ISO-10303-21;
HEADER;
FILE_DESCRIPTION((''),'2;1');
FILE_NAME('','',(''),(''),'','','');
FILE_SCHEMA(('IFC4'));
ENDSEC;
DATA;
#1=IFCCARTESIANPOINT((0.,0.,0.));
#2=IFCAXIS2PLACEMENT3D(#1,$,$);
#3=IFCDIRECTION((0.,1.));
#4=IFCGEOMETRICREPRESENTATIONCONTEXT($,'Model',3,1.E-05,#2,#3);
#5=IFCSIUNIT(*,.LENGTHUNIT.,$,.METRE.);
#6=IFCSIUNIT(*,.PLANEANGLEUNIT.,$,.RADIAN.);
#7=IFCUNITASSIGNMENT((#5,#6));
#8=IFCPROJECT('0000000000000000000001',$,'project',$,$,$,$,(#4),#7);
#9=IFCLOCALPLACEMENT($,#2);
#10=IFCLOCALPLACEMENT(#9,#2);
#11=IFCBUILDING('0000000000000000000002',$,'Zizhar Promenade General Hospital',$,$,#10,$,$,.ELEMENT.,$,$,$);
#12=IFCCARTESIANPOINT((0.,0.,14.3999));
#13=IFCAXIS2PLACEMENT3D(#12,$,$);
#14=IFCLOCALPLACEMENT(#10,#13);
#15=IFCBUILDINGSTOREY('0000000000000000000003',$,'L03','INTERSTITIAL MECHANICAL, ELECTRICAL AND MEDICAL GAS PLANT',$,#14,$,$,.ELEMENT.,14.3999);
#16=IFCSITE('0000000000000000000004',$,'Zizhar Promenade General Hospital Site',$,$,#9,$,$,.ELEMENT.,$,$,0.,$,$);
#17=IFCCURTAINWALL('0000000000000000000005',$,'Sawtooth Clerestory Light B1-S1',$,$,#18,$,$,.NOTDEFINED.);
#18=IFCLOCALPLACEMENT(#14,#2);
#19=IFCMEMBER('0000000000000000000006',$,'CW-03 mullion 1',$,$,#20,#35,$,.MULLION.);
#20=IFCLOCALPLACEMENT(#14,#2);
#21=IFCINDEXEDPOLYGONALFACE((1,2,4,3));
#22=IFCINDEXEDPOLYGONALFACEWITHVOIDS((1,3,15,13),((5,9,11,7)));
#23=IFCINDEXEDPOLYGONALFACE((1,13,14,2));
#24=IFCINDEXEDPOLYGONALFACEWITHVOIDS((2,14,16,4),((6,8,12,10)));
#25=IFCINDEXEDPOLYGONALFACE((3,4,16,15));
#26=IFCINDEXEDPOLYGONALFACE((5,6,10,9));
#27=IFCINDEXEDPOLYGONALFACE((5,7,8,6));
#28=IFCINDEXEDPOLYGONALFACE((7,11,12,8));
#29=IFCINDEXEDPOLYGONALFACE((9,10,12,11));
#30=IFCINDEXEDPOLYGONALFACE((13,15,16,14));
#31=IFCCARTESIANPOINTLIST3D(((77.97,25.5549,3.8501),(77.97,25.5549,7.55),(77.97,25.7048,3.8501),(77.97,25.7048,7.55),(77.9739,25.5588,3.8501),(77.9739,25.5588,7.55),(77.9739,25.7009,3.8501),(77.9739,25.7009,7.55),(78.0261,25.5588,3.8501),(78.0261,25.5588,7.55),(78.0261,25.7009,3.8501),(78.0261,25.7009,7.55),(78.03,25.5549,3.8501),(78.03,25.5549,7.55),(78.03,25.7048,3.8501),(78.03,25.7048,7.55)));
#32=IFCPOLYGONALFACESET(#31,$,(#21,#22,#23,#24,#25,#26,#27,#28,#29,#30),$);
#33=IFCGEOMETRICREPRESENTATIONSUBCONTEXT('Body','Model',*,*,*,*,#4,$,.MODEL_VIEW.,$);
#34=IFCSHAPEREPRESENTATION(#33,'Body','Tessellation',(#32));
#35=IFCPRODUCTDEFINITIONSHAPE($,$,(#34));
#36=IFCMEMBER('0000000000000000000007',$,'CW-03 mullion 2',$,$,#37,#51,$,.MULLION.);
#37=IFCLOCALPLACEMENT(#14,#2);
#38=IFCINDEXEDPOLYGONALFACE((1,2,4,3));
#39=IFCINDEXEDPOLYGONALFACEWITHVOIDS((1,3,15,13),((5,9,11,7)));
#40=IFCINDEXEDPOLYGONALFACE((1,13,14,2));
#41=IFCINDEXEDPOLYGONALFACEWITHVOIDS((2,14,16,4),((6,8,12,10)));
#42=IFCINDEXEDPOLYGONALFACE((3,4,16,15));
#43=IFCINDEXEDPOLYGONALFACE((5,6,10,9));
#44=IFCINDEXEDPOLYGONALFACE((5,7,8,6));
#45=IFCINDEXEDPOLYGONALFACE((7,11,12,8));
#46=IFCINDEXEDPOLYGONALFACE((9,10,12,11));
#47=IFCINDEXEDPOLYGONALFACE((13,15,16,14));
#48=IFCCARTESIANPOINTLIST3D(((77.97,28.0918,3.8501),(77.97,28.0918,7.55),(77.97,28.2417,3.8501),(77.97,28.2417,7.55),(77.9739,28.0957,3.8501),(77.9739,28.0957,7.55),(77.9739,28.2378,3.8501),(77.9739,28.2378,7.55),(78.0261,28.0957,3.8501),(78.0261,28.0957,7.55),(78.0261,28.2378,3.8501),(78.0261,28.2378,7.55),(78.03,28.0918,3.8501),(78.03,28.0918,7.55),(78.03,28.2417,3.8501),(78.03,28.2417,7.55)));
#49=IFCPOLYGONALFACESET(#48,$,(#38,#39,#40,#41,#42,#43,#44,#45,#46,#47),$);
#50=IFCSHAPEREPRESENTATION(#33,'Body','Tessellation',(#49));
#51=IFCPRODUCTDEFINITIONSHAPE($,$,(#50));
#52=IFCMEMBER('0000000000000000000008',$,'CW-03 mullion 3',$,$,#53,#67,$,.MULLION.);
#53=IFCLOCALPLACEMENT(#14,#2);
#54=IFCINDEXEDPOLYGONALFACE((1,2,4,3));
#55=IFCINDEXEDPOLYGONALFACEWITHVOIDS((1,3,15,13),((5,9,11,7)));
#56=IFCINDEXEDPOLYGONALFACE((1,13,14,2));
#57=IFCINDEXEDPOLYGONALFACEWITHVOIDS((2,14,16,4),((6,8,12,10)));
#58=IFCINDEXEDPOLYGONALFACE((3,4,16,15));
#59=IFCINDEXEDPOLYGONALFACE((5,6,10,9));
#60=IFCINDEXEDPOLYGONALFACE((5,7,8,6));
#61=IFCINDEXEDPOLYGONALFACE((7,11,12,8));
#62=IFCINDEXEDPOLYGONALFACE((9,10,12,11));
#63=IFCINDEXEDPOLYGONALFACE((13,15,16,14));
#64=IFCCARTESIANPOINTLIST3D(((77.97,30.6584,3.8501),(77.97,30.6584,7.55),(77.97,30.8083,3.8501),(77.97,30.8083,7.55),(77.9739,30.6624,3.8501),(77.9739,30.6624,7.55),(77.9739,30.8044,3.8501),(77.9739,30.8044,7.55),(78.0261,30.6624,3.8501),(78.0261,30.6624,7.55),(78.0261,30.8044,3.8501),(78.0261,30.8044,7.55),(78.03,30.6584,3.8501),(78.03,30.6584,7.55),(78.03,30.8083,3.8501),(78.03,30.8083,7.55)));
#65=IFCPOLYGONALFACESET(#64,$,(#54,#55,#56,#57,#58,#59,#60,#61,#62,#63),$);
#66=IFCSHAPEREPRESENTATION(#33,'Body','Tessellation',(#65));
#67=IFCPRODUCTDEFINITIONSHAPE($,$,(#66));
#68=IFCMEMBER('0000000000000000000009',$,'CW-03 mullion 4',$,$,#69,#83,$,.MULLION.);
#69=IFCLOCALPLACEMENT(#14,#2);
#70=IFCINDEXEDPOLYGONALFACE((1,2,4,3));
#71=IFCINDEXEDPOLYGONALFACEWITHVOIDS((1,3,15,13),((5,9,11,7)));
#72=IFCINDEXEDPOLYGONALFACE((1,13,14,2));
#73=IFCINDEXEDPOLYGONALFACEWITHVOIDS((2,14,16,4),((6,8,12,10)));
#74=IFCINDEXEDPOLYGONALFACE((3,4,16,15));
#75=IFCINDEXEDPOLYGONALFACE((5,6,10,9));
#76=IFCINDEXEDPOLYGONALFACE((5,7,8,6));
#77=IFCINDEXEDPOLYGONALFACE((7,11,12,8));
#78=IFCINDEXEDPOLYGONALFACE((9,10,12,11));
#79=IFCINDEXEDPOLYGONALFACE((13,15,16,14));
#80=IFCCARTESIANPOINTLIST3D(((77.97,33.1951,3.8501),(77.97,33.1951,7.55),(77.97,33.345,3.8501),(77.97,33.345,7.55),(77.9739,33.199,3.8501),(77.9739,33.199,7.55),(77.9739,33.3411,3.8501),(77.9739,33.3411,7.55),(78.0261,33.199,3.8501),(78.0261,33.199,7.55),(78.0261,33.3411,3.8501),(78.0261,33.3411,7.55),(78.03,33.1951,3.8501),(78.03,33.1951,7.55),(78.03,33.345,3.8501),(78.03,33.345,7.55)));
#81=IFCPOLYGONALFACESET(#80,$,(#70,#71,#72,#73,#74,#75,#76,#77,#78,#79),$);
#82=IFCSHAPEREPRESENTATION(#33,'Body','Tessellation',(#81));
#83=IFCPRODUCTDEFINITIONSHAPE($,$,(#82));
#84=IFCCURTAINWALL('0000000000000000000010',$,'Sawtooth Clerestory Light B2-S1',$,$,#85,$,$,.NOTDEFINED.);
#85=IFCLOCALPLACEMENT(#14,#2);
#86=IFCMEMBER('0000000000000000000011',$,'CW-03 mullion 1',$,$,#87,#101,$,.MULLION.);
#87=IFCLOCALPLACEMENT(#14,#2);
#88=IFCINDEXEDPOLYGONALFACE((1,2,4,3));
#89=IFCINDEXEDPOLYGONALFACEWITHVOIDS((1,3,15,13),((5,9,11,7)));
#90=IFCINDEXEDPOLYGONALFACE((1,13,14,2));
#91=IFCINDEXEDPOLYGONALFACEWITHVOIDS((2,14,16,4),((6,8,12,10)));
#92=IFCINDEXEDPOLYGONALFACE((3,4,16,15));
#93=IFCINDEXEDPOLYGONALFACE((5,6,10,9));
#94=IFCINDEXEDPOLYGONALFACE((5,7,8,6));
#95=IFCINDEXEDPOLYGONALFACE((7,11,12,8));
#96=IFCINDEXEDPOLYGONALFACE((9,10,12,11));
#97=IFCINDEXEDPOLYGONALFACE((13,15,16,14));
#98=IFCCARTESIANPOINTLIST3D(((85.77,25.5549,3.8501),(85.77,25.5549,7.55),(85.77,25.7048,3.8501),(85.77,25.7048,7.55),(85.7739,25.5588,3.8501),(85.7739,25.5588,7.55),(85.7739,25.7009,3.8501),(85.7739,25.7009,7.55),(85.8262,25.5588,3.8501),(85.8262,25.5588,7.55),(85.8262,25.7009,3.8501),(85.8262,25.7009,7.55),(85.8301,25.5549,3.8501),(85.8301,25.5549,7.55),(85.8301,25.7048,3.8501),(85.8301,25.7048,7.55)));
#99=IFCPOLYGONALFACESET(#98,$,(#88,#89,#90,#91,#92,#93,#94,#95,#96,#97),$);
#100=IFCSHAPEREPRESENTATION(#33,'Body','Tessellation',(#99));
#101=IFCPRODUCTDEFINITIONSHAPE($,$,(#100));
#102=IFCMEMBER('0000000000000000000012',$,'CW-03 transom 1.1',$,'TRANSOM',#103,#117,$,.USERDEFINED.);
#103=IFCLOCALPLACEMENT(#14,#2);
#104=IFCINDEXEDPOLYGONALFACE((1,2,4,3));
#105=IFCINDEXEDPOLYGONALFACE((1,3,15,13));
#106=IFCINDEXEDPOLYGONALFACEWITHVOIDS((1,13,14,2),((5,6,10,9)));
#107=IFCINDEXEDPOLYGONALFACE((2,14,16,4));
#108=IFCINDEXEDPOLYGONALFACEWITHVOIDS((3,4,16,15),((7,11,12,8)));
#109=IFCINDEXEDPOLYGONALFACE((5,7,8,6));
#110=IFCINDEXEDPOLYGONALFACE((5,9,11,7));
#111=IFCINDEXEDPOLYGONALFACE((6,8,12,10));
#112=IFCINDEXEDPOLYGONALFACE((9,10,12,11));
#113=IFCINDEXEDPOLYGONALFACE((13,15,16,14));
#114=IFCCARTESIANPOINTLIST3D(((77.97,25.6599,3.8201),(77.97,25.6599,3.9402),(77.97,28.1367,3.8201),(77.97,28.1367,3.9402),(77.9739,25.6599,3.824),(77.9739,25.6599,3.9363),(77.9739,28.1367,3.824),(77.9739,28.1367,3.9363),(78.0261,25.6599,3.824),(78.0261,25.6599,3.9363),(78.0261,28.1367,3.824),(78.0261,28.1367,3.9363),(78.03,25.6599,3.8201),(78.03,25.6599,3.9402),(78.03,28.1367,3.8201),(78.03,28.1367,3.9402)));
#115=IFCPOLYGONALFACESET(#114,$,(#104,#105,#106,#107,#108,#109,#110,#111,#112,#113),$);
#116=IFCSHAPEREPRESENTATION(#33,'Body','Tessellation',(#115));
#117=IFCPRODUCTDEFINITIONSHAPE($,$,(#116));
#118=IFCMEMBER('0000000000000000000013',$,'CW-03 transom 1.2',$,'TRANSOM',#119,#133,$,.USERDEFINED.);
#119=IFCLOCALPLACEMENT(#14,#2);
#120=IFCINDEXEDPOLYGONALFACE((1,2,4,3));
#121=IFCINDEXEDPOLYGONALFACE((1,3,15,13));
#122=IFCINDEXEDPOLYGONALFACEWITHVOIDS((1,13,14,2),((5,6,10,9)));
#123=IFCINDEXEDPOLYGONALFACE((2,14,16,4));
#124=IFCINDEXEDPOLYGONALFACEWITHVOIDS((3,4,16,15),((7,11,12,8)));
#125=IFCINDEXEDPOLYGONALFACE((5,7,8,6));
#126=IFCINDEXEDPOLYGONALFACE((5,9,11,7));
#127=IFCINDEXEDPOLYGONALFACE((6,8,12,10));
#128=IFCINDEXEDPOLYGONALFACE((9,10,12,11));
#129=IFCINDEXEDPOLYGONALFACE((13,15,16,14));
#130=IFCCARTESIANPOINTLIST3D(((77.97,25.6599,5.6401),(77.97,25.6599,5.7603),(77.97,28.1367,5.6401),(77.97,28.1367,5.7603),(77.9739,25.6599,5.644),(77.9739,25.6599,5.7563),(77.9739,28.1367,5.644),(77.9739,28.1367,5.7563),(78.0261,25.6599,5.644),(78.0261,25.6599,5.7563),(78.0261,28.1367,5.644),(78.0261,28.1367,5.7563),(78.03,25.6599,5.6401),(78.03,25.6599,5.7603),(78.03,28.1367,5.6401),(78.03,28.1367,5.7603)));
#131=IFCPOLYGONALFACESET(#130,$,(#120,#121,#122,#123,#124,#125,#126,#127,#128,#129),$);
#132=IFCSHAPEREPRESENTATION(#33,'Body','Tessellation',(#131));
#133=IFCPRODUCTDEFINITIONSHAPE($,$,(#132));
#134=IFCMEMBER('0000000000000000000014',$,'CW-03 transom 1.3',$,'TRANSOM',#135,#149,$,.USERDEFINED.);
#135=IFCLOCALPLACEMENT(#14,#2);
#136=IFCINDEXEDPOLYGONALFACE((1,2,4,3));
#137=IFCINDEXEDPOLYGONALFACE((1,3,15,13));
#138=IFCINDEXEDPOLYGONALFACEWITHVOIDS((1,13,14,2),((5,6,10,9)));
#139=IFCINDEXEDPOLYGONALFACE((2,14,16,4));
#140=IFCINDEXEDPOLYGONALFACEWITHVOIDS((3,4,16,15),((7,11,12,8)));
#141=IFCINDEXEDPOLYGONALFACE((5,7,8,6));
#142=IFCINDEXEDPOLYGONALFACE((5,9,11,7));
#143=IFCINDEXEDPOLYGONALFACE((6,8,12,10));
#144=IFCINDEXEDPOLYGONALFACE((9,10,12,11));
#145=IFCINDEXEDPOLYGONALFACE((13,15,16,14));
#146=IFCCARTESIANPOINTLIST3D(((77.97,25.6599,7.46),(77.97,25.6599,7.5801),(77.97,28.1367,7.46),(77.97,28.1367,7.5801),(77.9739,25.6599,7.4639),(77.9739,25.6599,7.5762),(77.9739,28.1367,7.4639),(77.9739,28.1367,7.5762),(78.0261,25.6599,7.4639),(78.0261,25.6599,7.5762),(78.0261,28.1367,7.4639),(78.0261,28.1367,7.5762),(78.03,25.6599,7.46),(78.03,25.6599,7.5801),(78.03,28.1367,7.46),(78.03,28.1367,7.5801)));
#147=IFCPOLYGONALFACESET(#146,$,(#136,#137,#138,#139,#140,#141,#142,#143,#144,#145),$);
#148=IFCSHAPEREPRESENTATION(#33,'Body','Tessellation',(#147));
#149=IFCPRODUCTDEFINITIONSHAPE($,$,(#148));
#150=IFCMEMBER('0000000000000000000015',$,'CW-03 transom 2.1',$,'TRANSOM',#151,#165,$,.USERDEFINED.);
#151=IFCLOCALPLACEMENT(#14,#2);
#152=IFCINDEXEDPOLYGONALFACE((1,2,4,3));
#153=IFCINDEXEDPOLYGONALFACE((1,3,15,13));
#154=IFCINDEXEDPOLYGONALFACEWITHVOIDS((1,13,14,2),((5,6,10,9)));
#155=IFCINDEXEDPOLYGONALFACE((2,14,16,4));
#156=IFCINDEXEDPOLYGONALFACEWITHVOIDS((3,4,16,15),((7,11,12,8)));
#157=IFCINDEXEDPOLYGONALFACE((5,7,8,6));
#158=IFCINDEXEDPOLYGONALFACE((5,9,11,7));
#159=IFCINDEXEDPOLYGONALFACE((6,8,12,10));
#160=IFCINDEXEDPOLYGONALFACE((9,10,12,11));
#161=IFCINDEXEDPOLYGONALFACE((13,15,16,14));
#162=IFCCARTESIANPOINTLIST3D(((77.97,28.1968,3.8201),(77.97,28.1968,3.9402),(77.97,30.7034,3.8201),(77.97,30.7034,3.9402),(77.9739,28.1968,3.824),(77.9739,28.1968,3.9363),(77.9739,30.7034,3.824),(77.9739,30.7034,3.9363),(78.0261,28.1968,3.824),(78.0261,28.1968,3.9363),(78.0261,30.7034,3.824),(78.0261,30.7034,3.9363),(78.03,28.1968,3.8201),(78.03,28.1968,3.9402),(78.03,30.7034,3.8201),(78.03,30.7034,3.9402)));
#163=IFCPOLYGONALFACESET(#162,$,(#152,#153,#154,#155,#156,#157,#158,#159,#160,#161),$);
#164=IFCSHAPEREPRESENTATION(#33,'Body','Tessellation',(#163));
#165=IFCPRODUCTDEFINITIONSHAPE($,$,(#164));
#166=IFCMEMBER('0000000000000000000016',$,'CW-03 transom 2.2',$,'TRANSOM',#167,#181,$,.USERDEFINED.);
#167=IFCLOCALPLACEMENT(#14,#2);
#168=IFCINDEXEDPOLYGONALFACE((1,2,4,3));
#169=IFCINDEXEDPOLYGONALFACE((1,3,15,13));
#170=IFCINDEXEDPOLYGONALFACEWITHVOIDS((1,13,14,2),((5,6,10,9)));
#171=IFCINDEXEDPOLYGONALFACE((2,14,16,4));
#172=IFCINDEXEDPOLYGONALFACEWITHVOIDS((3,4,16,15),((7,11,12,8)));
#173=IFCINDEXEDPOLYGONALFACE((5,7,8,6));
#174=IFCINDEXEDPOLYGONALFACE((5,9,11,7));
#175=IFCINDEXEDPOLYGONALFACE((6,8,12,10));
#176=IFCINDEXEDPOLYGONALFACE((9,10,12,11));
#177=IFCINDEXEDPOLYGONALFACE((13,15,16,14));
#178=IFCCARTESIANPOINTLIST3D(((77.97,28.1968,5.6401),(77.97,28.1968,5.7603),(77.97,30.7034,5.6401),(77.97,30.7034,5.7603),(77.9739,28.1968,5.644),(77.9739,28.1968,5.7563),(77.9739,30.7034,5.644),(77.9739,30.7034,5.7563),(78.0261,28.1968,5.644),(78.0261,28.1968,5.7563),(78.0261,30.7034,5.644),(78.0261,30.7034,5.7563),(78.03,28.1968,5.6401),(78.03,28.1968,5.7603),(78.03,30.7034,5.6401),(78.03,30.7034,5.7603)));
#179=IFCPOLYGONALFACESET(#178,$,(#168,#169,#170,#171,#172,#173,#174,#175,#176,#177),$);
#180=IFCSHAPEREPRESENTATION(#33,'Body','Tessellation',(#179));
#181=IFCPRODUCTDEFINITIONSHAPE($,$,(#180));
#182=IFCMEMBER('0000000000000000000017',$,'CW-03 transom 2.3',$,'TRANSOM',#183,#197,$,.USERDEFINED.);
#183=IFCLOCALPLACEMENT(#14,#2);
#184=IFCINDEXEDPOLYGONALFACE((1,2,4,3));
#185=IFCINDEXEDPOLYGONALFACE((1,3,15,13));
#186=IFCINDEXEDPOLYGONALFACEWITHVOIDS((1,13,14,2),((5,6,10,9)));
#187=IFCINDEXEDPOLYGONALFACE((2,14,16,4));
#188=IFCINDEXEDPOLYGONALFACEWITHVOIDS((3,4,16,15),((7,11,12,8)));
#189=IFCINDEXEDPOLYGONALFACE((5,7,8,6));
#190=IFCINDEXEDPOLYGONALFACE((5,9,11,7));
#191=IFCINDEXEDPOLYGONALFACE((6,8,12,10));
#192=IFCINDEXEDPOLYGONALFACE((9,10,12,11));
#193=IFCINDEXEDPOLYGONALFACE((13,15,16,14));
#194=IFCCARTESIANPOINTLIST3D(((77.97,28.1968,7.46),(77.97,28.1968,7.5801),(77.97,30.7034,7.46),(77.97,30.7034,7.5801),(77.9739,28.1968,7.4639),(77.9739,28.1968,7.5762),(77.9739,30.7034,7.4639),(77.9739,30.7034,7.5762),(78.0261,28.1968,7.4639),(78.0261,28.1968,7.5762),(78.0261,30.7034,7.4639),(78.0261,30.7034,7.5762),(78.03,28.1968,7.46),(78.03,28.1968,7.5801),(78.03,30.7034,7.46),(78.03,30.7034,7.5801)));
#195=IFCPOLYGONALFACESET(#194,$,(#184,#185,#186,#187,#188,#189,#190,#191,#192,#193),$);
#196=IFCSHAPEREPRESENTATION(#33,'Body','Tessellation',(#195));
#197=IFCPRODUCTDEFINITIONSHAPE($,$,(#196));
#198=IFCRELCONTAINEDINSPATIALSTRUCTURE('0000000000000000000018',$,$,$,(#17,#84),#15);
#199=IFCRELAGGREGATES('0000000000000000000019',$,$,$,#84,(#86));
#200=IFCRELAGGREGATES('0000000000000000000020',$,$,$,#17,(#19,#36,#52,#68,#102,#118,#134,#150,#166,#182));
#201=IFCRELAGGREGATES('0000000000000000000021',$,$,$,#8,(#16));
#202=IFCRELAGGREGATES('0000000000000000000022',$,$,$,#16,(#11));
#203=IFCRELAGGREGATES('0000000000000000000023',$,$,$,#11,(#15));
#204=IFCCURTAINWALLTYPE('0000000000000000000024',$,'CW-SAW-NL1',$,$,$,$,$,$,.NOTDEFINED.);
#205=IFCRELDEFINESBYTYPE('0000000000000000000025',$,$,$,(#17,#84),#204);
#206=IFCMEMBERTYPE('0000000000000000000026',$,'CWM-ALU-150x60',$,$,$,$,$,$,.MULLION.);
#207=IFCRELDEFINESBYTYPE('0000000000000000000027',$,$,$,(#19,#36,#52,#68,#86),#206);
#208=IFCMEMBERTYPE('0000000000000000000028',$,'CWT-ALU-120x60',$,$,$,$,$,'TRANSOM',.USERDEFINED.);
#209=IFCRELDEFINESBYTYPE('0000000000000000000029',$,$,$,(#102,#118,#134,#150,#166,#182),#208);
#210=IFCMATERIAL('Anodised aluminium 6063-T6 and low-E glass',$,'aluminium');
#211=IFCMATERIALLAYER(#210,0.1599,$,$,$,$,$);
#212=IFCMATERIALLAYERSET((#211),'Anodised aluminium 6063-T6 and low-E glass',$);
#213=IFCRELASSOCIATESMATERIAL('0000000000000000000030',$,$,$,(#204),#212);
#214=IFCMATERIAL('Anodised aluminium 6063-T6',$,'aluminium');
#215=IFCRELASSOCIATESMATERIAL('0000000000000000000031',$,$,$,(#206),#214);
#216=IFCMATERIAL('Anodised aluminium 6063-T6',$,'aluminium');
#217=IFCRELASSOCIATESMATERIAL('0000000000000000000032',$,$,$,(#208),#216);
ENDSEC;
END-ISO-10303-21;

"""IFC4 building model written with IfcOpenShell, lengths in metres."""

from ifc_helpers import new_model, si_unit, direction, frame, origin, origin_2d, place, context, subcontext, project, spatial, hollow_rectangle, extrude, material, layer, layer_set, material_profile, profile_set, type_object, element, aggregate, save


model = new_model("IFC4")

# Units and contexts
model_context = context("Model", 3, precision=1e-05, world=origin(), true_north=direction((0.0, 1.0)))
body_context = subcontext(model_context, "Body", "Model", "MODEL_VIEW")
ifc_project = project(units=[si_unit("LENGTHUNIT", "METRE"), si_unit("PLANEANGLEUNIT", "RADIAN")], contexts=[model_context])

# Site, building, storey
site_placement = place(None, origin())
site = spatial("IfcSite", under=ifc_project, at=site_placement, Name="Zizhar Promenade General Hospital Site", CompositionType="ELEMENT", RefElevation=0.0)
building_placement = place(site_placement, origin())
building = spatial("IfcBuilding", under=site, at=building_placement, Name="Zizhar Promenade General Hospital", CompositionType="ELEMENT")
storey_placement = place(building_placement, frame((0.0, 0.0, 14.3999)))
storey = spatial("IfcBuildingStorey", under=building, at=storey_placement, Name="L03", Description="INTERSTITIAL MECHANICAL, ELECTRICAL AND MEDICAL GAS PLANT", CompositionType="ELEMENT", Elevation=14.3999)

# Curtain wall, members
ifc_material_1 = material(Name="Anodised aluminium 6063-T6 and low-E glass", Category="aluminium")
ifc_layer_1 = layer(ifc_material_1, 0.1599)
ifc_layer_set_1 = layer_set([ifc_layer_1], Name="Anodised aluminium 6063-T6 and low-E glass")
curtain_wall_type = type_object("IfcCurtainWallType", Name="CW-SAW-NL1", PredefinedType="NOTDEFINED", material=ifc_layer_set_1)
curtain_wall_1_placement = place(storey_placement, origin())
curtain_wall_1 = element("IfcCurtainWall", 1, at=curtain_wall_1_placement, inside=storey, type_object=curtain_wall_type, Name="Sawtooth Clerestory Light B1-S1", PredefinedType="NOTDEFINED")
ifc_material_2 = material(Name="Anodised aluminium 6063-T6", Category="aluminium")
ifc_material_profile_1 = material_profile(ifc_material_2, hollow_rectangle(XDim=0.0601, YDim=0.1499, WallThickness=0.0039, at=origin_2d()))
ifc_profile_set_1 = profile_set([ifc_material_profile_1], Name="Anodised aluminium 6063-T6")
member_type_1 = type_object("IfcMemberType", Name="CWM-ALU-150x60", PredefinedType="MULLION", material=ifc_profile_set_1)
member_1_placement = place(storey_placement, frame((78.0, 25.6299, 3.8501), z_axis=(0.0, 0.0, 1.0), x_axis=(-1.0, 0.0, 0.0)))
member_1 = element("IfcMember", 2, at=member_1_placement, type_object=member_type_1, Name="CW-03 mullion 1", PredefinedType="MULLION", context=body_context, shape_type="SweptSolid", body=[
    extrude(hollow_rectangle(XDim=0.0601, YDim=0.1499, WallThickness=0.0039, at=origin_2d()), origin(), (0.0, 0.0, 1.0), 3.7),
])
member_2_placement = place(storey_placement, frame((78.0, 28.1667, 3.8501), z_axis=(0.0, 0.0, 1.0), x_axis=(-1.0, 0.0, 0.0)))
member_2 = element("IfcMember", 3, at=member_2_placement, type_object=member_type_1, Name="CW-03 mullion 2", PredefinedType="MULLION", context=body_context, shape_type="SweptSolid", body=[
    extrude(hollow_rectangle(XDim=0.0601, YDim=0.1499, WallThickness=0.0039, at=origin_2d()), origin(), (0.0, 0.0, 1.0), 3.7),
])
member_3_placement = place(storey_placement, frame((78.0, 30.7334, 3.8501), z_axis=(0.0, 0.0, 1.0), x_axis=(-1.0, 0.0, 0.0)))
member_3 = element("IfcMember", 4, at=member_3_placement, type_object=member_type_1, Name="CW-03 mullion 3", PredefinedType="MULLION", context=body_context, shape_type="SweptSolid", body=[
    extrude(hollow_rectangle(XDim=0.0601, YDim=0.1499, WallThickness=0.0039, at=origin_2d()), origin(), (0.0, 0.0, 1.0), 3.7),
])
member_4_placement = place(storey_placement, frame((78.0, 33.27, 3.8501), z_axis=(0.0, 0.0, 1.0), x_axis=(-1.0, 0.0, 0.0)))
member_4 = element("IfcMember", 5, at=member_4_placement, type_object=member_type_1, Name="CW-03 mullion 4", PredefinedType="MULLION", context=body_context, shape_type="SweptSolid", body=[
    extrude(hollow_rectangle(XDim=0.0601, YDim=0.1499, WallThickness=0.0039, at=origin_2d()), origin(), (0.0, 0.0, 1.0), 3.7),
])

# Curtain wall, member
curtain_wall_2_placement = place(storey_placement, origin())
curtain_wall_2 = element("IfcCurtainWall", 6, at=curtain_wall_2_placement, inside=storey, type_object=curtain_wall_type, Name="Sawtooth Clerestory Light B2-S1", PredefinedType="NOTDEFINED")
member_5_placement = place(storey_placement, frame((85.8, 25.6299, 3.8501), z_axis=(0.0, 0.0, 1.0), x_axis=(-1.0, 0.0, 0.0)))
member_5 = element("IfcMember", 7, at=member_5_placement, type_object=member_type_1, Name="CW-03 mullion 1", PredefinedType="MULLION", context=body_context, shape_type="SweptSolid", body=[
    extrude(hollow_rectangle(XDim=0.0601, YDim=0.1499, WallThickness=0.0039, at=origin_2d()), origin(), (0.0, 0.0, 1.0), 3.7),
])

# Members
ifc_material_3 = material(Name="Anodised aluminium 6063-T6", Category="aluminium")
ifc_material_profile_2 = material_profile(ifc_material_3, hollow_rectangle(XDim=0.0601, YDim=0.1201, WallThickness=0.0039, at=origin_2d()))
ifc_profile_set_2 = profile_set([ifc_material_profile_2], Name="Anodised aluminium 6063-T6")
member_type_2 = type_object("IfcMemberType", Name="CWT-ALU-120x60", ElementType="TRANSOM", PredefinedType="USERDEFINED", material=ifc_profile_set_2)
member_6_placement = place(storey_placement, frame((78.0, 25.6599, 3.8801), z_axis=(0.0, 1.0, 0.0), x_axis=(-1.0, 0.0, 0.0)))
member_6 = element("IfcMember", 8, at=member_6_placement, type_object=member_type_2, Name="CW-03 transom 1.1", ObjectType="TRANSOM", PredefinedType="USERDEFINED", context=body_context, shape_type="SweptSolid", body=[
    extrude(hollow_rectangle(XDim=0.0601, YDim=0.1201, WallThickness=0.0039, at=origin_2d()), origin(), (0.0, 0.0, 1.0), 2.4768),
])
member_7_placement = place(storey_placement, frame((78.0, 25.6599, 5.7002), z_axis=(0.0, 1.0, 0.0), x_axis=(-1.0, 0.0, 0.0)))
member_7 = element("IfcMember", 9, at=member_7_placement, type_object=member_type_2, Name="CW-03 transom 1.2", ObjectType="TRANSOM", PredefinedType="USERDEFINED", context=body_context, shape_type="SweptSolid", body=[
    extrude(hollow_rectangle(XDim=0.0601, YDim=0.1201, WallThickness=0.0039, at=origin_2d()), origin(), (0.0, 0.0, 1.0), 2.4768),
])
member_8_placement = place(storey_placement, frame((78.0, 25.6599, 7.52), z_axis=(0.0, 1.0, 0.0), x_axis=(-1.0, 0.0, 0.0)))
member_8 = element("IfcMember", 10, at=member_8_placement, type_object=member_type_2, Name="CW-03 transom 1.3", ObjectType="TRANSOM", PredefinedType="USERDEFINED", context=body_context, shape_type="SweptSolid", body=[
    extrude(hollow_rectangle(XDim=0.0601, YDim=0.1201, WallThickness=0.0039, at=origin_2d()), origin(), (0.0, 0.0, 1.0), 2.4768),
])
member_9_placement = place(storey_placement, frame((78.0, 28.1968, 3.8801), z_axis=(0.0, 1.0, 0.0), x_axis=(-1.0, 0.0, 0.0)))
member_9 = element("IfcMember", 11, at=member_9_placement, type_object=member_type_2, Name="CW-03 transom 2.1", ObjectType="TRANSOM", PredefinedType="USERDEFINED", context=body_context, shape_type="SweptSolid", body=[
    extrude(hollow_rectangle(XDim=0.0601, YDim=0.1201, WallThickness=0.0039, at=origin_2d()), origin(), (0.0, 0.0, 1.0), 2.5066),
])
member_10_placement = place(storey_placement, frame((78.0, 28.1968, 5.7002), z_axis=(0.0, 1.0, 0.0), x_axis=(-1.0, 0.0, 0.0)))
member_10 = element("IfcMember", 12, at=member_10_placement, type_object=member_type_2, Name="CW-03 transom 2.2", ObjectType="TRANSOM", PredefinedType="USERDEFINED", context=body_context, shape_type="SweptSolid", body=[
    extrude(hollow_rectangle(XDim=0.0601, YDim=0.1201, WallThickness=0.0039, at=origin_2d()), origin(), (0.0, 0.0, 1.0), 2.5066),
])
member_11_placement = place(storey_placement, frame((78.0, 28.1968, 7.52), z_axis=(0.0, 1.0, 0.0), x_axis=(-1.0, 0.0, 0.0)))
member_11 = element("IfcMember", 13, at=member_11_placement, type_object=member_type_2, Name="CW-03 transom 2.3", ObjectType="TRANSOM", PredefinedType="USERDEFINED", context=body_context, shape_type="SweptSolid", body=[
    extrude(hollow_rectangle(XDim=0.0601, YDim=0.1201, WallThickness=0.0039, at=origin_2d()), origin(), (0.0, 0.0, 1.0), 2.5066),
])
aggregate(curtain_wall_2, [member_5])

aggregate(curtain_wall_1, [member_1, member_2, member_3, member_4, member_6, member_7, member_8, member_9, member_10, member_11])

save(model, "model.ifc")
